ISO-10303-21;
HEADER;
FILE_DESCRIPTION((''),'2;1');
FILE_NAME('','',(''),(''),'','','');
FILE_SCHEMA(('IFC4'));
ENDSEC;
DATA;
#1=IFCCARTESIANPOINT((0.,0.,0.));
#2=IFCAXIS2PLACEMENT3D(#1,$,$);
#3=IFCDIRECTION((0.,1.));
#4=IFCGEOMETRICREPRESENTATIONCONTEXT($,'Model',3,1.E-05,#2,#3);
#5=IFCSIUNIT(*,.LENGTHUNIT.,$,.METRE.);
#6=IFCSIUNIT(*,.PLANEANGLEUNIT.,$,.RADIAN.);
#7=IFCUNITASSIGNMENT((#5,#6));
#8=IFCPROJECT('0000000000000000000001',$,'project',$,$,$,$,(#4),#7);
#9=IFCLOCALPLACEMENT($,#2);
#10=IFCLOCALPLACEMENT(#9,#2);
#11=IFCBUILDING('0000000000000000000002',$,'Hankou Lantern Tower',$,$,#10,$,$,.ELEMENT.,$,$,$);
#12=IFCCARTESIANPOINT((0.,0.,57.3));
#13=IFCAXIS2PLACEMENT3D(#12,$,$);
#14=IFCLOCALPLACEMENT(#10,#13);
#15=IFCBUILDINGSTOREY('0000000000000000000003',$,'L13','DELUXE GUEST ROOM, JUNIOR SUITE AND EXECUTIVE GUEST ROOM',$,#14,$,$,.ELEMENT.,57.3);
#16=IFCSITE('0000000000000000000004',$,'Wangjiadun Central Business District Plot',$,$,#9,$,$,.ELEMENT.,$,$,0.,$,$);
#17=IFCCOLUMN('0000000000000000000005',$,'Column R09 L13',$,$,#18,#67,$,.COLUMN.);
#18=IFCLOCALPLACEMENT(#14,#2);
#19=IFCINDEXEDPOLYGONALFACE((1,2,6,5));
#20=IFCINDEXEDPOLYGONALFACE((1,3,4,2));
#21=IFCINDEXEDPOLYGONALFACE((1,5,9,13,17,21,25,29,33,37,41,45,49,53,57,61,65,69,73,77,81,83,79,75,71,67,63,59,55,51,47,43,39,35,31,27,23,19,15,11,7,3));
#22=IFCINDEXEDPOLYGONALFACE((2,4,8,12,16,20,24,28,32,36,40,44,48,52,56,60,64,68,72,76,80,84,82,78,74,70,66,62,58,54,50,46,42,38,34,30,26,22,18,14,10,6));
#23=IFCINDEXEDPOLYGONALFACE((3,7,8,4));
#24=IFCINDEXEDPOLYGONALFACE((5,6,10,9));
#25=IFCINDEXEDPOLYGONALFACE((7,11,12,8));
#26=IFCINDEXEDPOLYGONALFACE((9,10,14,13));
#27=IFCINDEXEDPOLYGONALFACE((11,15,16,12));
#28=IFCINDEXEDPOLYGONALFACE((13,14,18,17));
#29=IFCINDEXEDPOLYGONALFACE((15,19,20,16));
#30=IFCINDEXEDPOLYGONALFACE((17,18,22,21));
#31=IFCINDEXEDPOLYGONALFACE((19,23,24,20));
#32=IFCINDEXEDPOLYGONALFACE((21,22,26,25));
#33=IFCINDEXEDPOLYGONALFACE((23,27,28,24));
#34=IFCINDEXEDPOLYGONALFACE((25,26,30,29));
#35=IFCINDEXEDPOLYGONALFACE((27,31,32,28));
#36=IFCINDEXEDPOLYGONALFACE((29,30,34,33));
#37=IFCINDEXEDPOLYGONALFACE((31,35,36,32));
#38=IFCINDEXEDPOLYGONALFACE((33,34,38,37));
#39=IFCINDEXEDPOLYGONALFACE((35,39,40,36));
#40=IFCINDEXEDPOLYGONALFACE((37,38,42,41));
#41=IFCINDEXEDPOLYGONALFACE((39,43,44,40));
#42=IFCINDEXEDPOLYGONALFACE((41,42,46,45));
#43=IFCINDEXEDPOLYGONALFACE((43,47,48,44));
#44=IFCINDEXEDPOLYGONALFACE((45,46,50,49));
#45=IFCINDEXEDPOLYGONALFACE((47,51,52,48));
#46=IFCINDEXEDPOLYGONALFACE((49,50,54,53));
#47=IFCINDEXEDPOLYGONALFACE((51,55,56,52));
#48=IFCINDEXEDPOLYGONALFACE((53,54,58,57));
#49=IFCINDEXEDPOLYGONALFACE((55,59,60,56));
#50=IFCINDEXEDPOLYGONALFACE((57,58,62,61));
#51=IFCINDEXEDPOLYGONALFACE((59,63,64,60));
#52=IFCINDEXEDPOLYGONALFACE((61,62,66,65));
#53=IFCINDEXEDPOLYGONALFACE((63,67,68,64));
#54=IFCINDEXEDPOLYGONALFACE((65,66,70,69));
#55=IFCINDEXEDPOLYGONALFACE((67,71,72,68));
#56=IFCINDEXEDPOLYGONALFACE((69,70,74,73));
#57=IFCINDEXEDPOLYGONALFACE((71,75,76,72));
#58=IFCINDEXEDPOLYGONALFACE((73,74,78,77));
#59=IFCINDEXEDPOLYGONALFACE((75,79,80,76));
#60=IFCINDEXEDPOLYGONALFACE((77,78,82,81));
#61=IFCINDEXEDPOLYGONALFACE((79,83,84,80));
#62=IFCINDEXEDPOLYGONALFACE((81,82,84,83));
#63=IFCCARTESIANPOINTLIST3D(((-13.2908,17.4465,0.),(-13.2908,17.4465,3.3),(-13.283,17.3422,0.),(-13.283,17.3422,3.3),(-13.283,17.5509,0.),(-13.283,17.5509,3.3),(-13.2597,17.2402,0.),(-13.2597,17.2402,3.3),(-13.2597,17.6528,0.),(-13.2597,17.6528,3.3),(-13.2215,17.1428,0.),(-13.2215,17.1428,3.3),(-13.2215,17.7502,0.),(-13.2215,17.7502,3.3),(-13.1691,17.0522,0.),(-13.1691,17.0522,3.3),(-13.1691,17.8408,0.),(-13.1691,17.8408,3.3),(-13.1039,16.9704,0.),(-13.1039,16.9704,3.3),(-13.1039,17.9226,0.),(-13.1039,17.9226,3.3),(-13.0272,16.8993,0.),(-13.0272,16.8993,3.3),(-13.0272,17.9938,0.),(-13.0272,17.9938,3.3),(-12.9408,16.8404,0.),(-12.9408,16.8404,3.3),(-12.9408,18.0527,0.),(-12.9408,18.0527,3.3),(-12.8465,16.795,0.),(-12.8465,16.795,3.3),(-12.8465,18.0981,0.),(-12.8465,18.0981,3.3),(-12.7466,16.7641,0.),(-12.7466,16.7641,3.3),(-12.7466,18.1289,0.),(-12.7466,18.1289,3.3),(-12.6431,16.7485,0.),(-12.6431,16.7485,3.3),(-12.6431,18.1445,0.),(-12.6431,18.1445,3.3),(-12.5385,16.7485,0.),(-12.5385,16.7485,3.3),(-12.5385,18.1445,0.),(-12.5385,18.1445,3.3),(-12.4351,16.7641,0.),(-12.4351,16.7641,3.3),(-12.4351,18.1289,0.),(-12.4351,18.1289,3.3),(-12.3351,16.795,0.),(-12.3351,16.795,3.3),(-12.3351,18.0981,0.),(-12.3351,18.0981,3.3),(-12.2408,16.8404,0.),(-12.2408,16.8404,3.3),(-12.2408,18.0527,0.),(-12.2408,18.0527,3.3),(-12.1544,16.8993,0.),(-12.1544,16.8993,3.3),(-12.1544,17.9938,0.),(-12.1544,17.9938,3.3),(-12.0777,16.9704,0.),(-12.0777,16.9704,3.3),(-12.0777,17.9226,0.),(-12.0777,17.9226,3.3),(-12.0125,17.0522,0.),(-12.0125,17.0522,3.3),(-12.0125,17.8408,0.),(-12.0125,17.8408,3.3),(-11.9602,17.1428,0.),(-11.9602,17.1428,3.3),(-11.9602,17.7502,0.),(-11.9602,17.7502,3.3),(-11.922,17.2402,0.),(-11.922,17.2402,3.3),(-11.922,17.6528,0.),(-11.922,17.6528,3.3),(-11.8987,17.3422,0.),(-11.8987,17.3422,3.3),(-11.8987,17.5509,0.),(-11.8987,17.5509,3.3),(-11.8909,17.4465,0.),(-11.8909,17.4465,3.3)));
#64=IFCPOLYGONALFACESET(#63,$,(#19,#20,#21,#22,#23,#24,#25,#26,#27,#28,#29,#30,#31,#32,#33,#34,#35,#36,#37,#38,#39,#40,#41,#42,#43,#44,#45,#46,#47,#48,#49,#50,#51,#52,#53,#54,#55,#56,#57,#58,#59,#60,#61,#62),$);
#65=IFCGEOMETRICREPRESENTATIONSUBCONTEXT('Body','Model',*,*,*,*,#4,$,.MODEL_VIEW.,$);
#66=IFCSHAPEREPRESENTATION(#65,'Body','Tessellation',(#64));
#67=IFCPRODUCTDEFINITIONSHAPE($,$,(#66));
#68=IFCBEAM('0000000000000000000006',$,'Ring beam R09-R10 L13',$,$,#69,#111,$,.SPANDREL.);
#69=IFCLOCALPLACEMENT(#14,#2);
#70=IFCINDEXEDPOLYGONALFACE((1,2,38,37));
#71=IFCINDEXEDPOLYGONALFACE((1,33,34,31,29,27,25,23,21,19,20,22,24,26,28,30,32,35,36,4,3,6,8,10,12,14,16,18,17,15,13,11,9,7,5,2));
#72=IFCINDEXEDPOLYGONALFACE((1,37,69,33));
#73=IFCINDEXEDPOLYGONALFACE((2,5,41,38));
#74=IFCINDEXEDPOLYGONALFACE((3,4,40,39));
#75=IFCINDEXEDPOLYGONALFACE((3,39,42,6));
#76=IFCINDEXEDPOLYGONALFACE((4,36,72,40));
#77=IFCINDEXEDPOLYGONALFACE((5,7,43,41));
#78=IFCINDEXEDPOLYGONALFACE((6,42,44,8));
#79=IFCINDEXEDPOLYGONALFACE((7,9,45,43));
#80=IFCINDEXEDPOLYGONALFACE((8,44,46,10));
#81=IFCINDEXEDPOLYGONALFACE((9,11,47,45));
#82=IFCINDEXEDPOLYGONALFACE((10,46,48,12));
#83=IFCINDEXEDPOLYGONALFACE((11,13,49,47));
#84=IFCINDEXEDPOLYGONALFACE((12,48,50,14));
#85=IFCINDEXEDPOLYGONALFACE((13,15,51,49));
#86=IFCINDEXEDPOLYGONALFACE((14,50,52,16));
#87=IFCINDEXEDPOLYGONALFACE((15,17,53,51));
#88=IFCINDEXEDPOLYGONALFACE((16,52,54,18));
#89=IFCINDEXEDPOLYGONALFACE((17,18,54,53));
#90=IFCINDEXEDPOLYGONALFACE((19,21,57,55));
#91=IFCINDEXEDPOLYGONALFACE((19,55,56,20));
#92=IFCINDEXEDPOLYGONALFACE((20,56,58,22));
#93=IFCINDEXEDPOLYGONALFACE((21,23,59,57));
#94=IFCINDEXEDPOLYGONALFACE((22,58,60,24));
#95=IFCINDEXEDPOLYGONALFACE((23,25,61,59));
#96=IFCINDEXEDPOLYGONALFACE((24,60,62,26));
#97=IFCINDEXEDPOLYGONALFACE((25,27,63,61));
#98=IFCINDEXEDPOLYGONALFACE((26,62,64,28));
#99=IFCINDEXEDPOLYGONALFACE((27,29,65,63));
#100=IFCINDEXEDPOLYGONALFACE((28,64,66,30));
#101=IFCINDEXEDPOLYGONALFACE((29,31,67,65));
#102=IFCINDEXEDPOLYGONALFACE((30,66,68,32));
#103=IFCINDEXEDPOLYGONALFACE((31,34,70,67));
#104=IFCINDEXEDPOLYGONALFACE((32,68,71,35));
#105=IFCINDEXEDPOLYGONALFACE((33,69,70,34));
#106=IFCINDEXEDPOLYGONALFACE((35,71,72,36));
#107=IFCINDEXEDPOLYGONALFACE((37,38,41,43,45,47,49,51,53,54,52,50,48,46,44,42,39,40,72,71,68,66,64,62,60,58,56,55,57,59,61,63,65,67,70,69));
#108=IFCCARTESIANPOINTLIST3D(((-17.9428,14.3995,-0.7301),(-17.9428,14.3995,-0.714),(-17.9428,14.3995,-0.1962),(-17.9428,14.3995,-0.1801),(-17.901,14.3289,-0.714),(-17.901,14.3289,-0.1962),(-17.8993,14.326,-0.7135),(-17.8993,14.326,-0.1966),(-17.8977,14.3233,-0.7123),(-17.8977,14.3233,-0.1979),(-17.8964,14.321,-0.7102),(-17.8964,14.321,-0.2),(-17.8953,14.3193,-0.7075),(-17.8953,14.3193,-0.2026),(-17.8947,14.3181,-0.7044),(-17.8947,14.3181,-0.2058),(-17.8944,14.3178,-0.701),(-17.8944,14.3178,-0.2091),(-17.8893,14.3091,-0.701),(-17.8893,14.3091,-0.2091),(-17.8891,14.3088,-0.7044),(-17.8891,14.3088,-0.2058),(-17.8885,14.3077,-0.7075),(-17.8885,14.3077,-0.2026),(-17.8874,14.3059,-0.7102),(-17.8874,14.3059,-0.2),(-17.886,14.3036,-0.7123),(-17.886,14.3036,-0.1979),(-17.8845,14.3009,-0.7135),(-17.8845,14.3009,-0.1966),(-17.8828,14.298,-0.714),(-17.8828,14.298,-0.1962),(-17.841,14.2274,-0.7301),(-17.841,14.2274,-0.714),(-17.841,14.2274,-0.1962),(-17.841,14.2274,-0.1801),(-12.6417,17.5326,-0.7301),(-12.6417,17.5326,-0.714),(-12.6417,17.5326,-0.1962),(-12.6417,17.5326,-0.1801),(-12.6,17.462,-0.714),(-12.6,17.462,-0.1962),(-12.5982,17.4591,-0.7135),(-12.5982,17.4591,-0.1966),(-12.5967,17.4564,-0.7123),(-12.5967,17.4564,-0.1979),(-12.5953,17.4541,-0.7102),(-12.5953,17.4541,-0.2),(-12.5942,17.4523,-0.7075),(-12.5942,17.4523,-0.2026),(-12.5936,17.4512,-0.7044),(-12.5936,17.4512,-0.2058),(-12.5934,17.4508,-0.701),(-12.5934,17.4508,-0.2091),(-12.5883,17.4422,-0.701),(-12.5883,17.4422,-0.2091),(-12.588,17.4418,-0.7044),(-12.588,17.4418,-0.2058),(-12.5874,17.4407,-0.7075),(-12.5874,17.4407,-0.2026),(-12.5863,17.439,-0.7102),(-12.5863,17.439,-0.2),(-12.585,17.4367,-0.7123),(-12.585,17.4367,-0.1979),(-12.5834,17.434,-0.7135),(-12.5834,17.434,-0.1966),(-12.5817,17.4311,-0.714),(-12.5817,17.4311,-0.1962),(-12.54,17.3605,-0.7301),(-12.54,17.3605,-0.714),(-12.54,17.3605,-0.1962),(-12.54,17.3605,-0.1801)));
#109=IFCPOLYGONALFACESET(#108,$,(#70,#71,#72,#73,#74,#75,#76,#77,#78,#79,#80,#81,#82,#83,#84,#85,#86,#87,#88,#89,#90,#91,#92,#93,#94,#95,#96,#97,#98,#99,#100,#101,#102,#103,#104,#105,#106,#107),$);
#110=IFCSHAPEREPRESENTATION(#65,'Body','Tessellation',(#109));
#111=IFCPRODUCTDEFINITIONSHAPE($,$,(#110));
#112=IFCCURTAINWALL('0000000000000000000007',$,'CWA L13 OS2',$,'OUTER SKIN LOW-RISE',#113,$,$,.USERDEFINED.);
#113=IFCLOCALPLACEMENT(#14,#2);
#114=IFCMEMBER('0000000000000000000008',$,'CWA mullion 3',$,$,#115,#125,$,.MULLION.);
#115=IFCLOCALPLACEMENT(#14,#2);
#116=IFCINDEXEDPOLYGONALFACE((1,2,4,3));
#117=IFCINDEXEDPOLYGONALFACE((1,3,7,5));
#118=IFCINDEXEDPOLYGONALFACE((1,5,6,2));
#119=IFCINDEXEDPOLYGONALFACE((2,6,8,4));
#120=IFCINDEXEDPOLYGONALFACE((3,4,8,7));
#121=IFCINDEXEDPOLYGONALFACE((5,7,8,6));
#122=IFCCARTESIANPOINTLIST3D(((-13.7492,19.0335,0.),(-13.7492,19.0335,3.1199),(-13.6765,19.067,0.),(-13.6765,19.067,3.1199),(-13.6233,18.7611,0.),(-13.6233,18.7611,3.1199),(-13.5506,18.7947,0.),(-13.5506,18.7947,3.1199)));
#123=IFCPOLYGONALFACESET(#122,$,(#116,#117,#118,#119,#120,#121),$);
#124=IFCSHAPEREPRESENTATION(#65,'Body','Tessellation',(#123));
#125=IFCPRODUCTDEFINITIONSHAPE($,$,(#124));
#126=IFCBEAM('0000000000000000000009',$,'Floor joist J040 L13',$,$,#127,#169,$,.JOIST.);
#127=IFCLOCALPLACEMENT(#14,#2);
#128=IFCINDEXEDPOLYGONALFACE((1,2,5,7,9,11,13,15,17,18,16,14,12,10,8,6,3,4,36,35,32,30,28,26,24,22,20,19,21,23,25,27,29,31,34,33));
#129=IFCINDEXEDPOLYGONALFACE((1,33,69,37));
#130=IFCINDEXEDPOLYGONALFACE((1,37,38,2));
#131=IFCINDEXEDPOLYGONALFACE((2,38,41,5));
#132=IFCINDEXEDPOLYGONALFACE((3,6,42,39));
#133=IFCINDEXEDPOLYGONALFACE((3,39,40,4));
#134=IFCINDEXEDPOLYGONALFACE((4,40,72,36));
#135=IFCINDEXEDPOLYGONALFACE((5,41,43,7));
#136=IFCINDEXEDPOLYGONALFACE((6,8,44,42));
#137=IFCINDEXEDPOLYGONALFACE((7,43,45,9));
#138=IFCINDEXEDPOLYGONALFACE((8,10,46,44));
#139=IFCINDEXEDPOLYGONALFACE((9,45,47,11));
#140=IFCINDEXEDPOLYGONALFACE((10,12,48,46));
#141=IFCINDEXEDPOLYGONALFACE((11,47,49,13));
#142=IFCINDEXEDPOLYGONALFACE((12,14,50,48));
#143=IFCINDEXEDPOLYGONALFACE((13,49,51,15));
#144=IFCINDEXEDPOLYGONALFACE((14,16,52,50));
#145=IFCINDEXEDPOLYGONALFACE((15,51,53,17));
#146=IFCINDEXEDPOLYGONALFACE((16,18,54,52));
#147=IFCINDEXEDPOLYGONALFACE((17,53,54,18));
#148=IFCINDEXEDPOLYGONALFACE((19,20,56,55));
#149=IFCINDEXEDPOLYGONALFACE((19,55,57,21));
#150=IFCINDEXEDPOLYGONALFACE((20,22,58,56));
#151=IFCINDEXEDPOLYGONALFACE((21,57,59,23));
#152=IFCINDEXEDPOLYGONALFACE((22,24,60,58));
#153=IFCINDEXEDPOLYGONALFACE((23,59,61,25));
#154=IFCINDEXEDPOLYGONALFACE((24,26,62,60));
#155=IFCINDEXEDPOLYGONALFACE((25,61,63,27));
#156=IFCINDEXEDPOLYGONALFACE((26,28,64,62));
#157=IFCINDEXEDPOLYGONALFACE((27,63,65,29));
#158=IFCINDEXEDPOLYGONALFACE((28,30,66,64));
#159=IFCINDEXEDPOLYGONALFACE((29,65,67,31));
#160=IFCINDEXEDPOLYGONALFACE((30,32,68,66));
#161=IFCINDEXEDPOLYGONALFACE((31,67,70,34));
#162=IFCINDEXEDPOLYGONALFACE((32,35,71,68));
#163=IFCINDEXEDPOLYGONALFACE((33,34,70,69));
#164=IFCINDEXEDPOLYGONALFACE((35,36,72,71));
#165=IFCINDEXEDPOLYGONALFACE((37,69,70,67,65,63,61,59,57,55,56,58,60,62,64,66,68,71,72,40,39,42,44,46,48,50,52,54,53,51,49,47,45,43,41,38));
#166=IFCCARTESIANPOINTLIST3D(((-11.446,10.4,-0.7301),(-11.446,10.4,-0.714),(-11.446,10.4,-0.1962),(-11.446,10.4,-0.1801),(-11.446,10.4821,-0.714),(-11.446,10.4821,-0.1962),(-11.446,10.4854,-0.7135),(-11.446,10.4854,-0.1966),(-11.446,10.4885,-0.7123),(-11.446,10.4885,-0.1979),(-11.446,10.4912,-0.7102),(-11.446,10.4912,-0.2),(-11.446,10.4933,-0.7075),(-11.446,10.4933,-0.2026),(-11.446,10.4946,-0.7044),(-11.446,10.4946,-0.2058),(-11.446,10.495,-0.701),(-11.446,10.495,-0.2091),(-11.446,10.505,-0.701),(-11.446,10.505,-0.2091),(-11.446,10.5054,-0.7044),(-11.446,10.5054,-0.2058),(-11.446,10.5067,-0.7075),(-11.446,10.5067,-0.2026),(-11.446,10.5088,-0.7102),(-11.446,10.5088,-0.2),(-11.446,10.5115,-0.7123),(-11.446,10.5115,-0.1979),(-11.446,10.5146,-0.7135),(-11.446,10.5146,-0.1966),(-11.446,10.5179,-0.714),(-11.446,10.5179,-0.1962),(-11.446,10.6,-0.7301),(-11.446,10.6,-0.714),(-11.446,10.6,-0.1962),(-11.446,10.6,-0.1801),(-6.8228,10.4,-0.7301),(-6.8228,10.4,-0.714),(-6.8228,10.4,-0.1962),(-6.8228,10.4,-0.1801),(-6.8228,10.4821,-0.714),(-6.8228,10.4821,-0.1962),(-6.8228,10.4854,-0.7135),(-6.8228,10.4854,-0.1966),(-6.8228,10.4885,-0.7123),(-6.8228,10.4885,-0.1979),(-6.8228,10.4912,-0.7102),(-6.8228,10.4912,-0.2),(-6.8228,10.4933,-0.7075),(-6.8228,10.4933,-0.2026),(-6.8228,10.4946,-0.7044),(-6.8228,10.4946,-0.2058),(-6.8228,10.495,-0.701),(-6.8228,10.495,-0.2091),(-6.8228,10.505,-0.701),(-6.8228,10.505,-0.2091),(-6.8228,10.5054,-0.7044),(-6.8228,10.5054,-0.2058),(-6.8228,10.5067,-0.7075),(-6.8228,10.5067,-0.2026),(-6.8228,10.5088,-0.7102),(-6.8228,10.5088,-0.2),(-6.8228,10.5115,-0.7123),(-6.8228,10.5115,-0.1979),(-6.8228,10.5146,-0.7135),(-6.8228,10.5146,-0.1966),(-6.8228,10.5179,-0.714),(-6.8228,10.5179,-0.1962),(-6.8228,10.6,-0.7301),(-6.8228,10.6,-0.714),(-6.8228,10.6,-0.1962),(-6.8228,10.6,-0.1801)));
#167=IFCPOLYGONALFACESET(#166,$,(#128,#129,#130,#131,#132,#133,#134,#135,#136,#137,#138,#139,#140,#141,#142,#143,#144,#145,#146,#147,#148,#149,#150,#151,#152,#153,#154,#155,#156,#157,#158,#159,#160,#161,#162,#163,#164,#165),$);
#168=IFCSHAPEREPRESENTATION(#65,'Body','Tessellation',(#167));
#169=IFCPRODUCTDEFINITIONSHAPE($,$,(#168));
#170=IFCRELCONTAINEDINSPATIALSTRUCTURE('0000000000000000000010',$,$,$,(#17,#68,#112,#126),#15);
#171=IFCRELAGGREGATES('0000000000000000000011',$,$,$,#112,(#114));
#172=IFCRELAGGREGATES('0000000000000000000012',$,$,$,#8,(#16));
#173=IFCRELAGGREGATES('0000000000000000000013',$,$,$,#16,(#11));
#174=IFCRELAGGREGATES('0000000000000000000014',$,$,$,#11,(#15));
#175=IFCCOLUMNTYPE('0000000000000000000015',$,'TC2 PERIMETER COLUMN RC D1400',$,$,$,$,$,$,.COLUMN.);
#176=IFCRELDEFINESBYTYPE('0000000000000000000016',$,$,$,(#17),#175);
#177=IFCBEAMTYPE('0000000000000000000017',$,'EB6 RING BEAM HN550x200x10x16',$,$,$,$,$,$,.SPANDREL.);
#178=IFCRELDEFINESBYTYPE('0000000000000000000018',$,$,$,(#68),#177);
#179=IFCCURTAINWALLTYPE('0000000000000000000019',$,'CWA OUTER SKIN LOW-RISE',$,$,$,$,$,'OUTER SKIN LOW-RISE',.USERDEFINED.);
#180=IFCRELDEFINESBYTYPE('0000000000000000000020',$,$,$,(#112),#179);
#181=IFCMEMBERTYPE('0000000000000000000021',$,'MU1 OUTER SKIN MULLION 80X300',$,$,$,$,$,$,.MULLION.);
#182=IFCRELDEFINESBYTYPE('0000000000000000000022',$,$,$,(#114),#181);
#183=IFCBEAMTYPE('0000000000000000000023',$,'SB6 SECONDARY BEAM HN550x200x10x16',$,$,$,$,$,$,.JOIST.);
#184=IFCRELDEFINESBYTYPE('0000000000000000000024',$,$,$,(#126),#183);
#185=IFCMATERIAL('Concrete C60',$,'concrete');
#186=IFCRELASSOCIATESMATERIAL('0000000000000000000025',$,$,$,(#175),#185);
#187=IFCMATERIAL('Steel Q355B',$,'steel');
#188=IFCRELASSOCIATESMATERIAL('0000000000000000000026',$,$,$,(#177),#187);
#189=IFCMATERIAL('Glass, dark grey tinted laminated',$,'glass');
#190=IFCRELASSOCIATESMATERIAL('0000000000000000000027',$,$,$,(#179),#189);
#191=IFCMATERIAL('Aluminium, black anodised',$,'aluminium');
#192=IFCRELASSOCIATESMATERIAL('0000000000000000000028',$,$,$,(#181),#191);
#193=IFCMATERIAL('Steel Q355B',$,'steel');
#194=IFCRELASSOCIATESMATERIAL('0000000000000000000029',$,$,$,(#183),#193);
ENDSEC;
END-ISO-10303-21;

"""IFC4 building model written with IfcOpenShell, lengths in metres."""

from ifc_helpers import new_model, si_unit, direction, frame, origin, origin_2d, place, context, subcontext, project, spatial, rectangle, circle, i_section, extrude, material, material_profile, profile_set, type_object, element, aggregate, save


model = new_model("IFC4")

# Units and contexts
model_context = context("Model", 3, precision=1e-05, world=origin(), true_north=direction((0.0, 1.0)))
body_context = subcontext(model_context, "Body", "Model", "MODEL_VIEW")
ifc_project = project(units=[si_unit("LENGTHUNIT", "METRE"), si_unit("PLANEANGLEUNIT", "RADIAN")], contexts=[model_context])

# Site, building, storey
site_placement = place(None, origin())
site = spatial("IfcSite", under=ifc_project, at=site_placement, Name="Wangjiadun Central Business District Plot", CompositionType="ELEMENT", RefElevation=0.0)
building_placement = place(site_placement, origin())
building = spatial("IfcBuilding", under=site, at=building_placement, Name="Hankou Lantern Tower", CompositionType="ELEMENT")
storey_placement = place(building_placement, frame((0.0, 0.0, 57.3)))
storey = spatial("IfcBuildingStorey", under=building, at=storey_placement, Name="L13", Description="DELUXE GUEST ROOM, JUNIOR SUITE AND EXECUTIVE GUEST ROOM", CompositionType="ELEMENT", Elevation=57.3)

# Column
ifc_material_1 = material(Name="Concrete C60", Category="concrete")
ifc_material_profile_1 = material_profile(ifc_material_1, circle(Radius=0.7, at=origin_2d()), Name="RC D1400")
ifc_profile_set_1 = profile_set([ifc_material_profile_1], Name="Concrete C60")
column_type = type_object("IfcColumnType", Name="TC2 PERIMETER COLUMN RC D1400", PredefinedType="COLUMN", material=ifc_profile_set_1)
column_placement = place(storey_placement, frame((-12.5908, 17.4465, 0.0), z_axis=(0.0, 0.0, 1.0), x_axis=(1.0, 0.0, 0.0)))
element("IfcColumn", 1, at=column_placement, inside=storey, type_object=column_type, Name="Column R09 L13", PredefinedType="COLUMN", context=body_context, shape_type="SweptSolid", body=[
    extrude(circle(Radius=0.7, at=origin_2d()), origin(), (0.0, 0.0, 1.0), 3.3),
])

# Beam
ifc_material_2 = material(Name="Steel Q355B", Category="steel")
ifc_material_profile_2 = material_profile(ifc_material_2, i_section(OverallWidth=0.2, OverallDepth=0.55, WebThickness=0.01, FlangeThickness=0.0161, FilletRadius=0.0129, at=origin_2d()), Name="HN550x200x10x16")
ifc_profile_set_2 = profile_set([ifc_material_profile_2], Name="Steel Q355B")
beam_type_1 = type_object("IfcBeamType", Name="EB6 RING BEAM HN550x200x10x16", PredefinedType="SPANDREL", material=ifc_profile_set_2)
beam_1_placement = place(storey_placement, frame((-12.5908, 17.4465, -0.4551), z_axis=(-0.860882, -0.508805, 0.0), x_axis=(0.508805, -0.860882, 0.0)))
element("IfcBeam", 2, at=beam_1_placement, inside=storey, type_object=beam_type_1, Name="Ring beam R09-R10 L13", PredefinedType="SPANDREL", context=body_context, shape_type="SweptSolid", body=[
    extrude(i_section(OverallWidth=0.2, OverallDepth=0.55, WebThickness=0.01, FlangeThickness=0.0161, FilletRadius=0.0129, at=origin_2d()), origin(), (0.0, 0.0, 1.0), 6.1577),
])

# Curtain wall, member
ifc_material_3 = material(Name="Glass, dark grey tinted laminated", Category="glass")
curtain_wall_type = type_object("IfcCurtainWallType", Name="CWA OUTER SKIN LOW-RISE", ElementType="OUTER SKIN LOW-RISE", PredefinedType="USERDEFINED", material=ifc_material_3)
curtain_wall_placement = place(storey_placement, origin())
curtain_wall = element("IfcCurtainWall", 3, at=curtain_wall_placement, inside=storey, type_object=curtain_wall_type, Name="CWA L13 OS2", ObjectType="OUTER SKIN LOW-RISE", PredefinedType="USERDEFINED")
ifc_material_4 = material(Name="Aluminium, black anodised", Category="aluminium")
ifc_material_profile_3 = material_profile(ifc_material_4, rectangle(XDim=0.0801, YDim=0.3, at=origin_2d()), Name="MU1 80X300")
ifc_profile_set_3 = profile_set([ifc_material_profile_3], Name="Aluminium, black anodised")
member_type_1 = type_object("IfcMemberType", Name="MU1 OUTER SKIN MULLION 80X300", PredefinedType="MULLION", material=ifc_profile_set_3)
member_1_placement = place(storey_placement, frame((-13.6499, 18.9141, 0.0), z_axis=(0.0, 0.0, 1.0), x_axis=(-0.907841, -0.419314, 0.0)))
member_1 = element("IfcMember", 4, at=member_1_placement, type_object=member_type_1, Name="CWA mullion 3", PredefinedType="MULLION", context=body_context, shape_type="SweptSolid", body=[
    extrude(rectangle(XDim=0.0801, YDim=0.3, at=origin_2d()), origin(), (0.0, 0.0, 1.0), 3.1199),
])

# Beam
ifc_material_5 = material(Name="Steel Q355B", Category="steel")
ifc_material_profile_4 = material_profile(ifc_material_5, i_section(OverallWidth=0.2, OverallDepth=0.55, WebThickness=0.01, FlangeThickness=0.0161, FilletRadius=0.0129, at=origin_2d()), Name="HN550x200x10x16")
ifc_profile_set_4 = profile_set([ifc_material_profile_4], Name="Steel Q355B")
beam_type_2 = type_object("IfcBeamType", Name="SB6 SECONDARY BEAM HN550x200x10x16", PredefinedType="JOIST", material=ifc_profile_set_4)
beam_2_placement = place(storey_placement, frame((-11.446, 10.5, -0.4551), z_axis=(1.0, 0.0, 0.0), x_axis=(0.0, 1.0, 0.0)))
element("IfcBeam", 5, at=beam_2_placement, inside=storey, type_object=beam_type_2, Name="Floor joist J040 L13", PredefinedType="JOIST", context=body_context, shape_type="SweptSolid", body=[
    extrude(i_section(OverallWidth=0.2, OverallDepth=0.55, WebThickness=0.01, FlangeThickness=0.0161, FilletRadius=0.0129, at=origin_2d()), origin(), (0.0, 0.0, 1.0), 4.6233),
])

aggregate(curtain_wall, [member_1])

save(model, "model.ifc")
